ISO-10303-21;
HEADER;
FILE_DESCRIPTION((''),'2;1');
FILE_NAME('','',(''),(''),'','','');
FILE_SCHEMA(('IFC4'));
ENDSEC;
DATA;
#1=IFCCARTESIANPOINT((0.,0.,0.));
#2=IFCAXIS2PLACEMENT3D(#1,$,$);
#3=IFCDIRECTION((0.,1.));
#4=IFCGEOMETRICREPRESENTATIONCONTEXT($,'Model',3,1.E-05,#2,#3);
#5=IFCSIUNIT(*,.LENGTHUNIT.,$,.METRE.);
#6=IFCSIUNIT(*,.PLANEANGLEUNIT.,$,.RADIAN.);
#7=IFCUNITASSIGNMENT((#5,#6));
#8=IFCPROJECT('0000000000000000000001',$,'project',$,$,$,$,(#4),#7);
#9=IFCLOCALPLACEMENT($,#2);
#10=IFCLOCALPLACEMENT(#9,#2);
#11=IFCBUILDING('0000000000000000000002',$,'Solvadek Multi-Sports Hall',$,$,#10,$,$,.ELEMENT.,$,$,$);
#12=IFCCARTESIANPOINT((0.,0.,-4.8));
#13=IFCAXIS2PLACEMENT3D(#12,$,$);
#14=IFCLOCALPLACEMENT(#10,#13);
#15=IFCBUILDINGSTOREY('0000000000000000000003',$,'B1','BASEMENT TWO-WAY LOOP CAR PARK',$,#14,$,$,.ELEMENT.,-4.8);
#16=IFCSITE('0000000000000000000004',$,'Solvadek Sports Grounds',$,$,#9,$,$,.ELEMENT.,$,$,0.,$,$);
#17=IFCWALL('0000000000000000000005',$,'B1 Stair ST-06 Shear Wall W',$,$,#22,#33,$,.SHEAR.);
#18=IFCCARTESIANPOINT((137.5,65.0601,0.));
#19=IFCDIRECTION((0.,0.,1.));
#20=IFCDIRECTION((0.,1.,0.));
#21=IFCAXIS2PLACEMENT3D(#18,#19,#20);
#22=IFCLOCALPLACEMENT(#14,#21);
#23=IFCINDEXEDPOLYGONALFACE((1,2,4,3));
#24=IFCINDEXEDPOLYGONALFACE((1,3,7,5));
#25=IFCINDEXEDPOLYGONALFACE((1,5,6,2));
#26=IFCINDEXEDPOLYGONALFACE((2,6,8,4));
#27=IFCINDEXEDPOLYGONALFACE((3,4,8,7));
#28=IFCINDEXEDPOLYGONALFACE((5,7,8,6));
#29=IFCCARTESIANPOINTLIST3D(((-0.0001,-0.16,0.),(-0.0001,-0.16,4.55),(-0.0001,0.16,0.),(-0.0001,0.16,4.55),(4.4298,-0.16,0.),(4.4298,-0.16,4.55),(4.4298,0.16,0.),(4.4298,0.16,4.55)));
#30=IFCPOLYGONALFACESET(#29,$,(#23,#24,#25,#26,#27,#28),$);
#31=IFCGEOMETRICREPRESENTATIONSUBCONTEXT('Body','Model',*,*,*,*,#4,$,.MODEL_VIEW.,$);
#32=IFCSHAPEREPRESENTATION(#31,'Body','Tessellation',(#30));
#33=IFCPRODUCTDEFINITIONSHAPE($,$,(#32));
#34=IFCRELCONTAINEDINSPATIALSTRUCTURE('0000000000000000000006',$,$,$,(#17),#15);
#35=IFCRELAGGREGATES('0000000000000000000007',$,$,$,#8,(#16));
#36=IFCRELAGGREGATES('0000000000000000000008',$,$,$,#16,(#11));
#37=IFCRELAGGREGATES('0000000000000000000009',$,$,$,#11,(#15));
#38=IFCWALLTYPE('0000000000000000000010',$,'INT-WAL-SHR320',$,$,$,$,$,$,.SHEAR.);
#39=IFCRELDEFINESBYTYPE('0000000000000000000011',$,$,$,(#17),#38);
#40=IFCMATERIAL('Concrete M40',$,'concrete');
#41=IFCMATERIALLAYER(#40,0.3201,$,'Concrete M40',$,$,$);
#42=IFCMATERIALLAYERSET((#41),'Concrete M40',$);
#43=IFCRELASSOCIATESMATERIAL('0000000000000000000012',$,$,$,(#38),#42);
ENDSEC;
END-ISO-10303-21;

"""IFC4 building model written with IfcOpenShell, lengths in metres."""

from ifc_helpers import new_model, si_unit, direction, frame, frame_2d, origin, place, context, subcontext, project, spatial, rectangle, extrude, material, layer, layer_set, type_object, element, save


model = new_model("IFC4")

# Units and contexts
model_context = context("Model", 3, precision=1e-05, world=origin(), true_north=direction((0.0, 1.0)))
body_context = subcontext(model_context, "Body", "Model", "MODEL_VIEW")
ifc_project = project(units=[si_unit("LENGTHUNIT", "METRE"), si_unit("PLANEANGLEUNIT", "RADIAN")], contexts=[model_context])

# Site, building, storey
site_placement = place(None, origin())
site = spatial("IfcSite", under=ifc_project, at=site_placement, Name="Solvadek Sports Grounds", CompositionType="ELEMENT", RefElevation=0.0)
building_placement = place(site_placement, origin())
building = spatial("IfcBuilding", under=site, at=building_placement, Name="Solvadek Multi-Sports Hall", CompositionType="ELEMENT")
storey_placement = place(building_placement, frame((0.0, 0.0, -4.8)))
storey = spatial("IfcBuildingStorey", under=building, at=storey_placement, Name="B1", Description="BASEMENT TWO-WAY LOOP CAR PARK", CompositionType="ELEMENT", Elevation=-4.8)

# Shared definitions
ifc_material_1 = material(Name="Concrete M40", Category="concrete")

# Wall
ifc_layer_1 = layer(ifc_material_1, 0.3201, Name="Concrete M40")
ifc_layer_set_1 = layer_set([ifc_layer_1], Name="Concrete M40")
wall_type = type_object("IfcWallType", Name="INT-WAL-SHR320", PredefinedType="SHEAR", material=ifc_layer_set_1)
wall_placement = place(storey_placement, frame((137.5, 65.0601, 0.0), z_axis=(0.0, 0.0, 1.0), x_axis=(0.0, 1.0, 0.0)))
element("IfcWall", 1, at=wall_placement, inside=storey, type_object=wall_type, Name="B1 Stair ST-06 Shear Wall W", PredefinedType="SHEAR", context=body_context, shape_type="SweptSolid", body=[
    extrude(rectangle(XDim=4.4299, YDim=0.3201, at=frame_2d((2.2148, 0.0))), origin(), (0.0, 0.0, 1.0), 4.55),
])

save(model, "model.ifc")
